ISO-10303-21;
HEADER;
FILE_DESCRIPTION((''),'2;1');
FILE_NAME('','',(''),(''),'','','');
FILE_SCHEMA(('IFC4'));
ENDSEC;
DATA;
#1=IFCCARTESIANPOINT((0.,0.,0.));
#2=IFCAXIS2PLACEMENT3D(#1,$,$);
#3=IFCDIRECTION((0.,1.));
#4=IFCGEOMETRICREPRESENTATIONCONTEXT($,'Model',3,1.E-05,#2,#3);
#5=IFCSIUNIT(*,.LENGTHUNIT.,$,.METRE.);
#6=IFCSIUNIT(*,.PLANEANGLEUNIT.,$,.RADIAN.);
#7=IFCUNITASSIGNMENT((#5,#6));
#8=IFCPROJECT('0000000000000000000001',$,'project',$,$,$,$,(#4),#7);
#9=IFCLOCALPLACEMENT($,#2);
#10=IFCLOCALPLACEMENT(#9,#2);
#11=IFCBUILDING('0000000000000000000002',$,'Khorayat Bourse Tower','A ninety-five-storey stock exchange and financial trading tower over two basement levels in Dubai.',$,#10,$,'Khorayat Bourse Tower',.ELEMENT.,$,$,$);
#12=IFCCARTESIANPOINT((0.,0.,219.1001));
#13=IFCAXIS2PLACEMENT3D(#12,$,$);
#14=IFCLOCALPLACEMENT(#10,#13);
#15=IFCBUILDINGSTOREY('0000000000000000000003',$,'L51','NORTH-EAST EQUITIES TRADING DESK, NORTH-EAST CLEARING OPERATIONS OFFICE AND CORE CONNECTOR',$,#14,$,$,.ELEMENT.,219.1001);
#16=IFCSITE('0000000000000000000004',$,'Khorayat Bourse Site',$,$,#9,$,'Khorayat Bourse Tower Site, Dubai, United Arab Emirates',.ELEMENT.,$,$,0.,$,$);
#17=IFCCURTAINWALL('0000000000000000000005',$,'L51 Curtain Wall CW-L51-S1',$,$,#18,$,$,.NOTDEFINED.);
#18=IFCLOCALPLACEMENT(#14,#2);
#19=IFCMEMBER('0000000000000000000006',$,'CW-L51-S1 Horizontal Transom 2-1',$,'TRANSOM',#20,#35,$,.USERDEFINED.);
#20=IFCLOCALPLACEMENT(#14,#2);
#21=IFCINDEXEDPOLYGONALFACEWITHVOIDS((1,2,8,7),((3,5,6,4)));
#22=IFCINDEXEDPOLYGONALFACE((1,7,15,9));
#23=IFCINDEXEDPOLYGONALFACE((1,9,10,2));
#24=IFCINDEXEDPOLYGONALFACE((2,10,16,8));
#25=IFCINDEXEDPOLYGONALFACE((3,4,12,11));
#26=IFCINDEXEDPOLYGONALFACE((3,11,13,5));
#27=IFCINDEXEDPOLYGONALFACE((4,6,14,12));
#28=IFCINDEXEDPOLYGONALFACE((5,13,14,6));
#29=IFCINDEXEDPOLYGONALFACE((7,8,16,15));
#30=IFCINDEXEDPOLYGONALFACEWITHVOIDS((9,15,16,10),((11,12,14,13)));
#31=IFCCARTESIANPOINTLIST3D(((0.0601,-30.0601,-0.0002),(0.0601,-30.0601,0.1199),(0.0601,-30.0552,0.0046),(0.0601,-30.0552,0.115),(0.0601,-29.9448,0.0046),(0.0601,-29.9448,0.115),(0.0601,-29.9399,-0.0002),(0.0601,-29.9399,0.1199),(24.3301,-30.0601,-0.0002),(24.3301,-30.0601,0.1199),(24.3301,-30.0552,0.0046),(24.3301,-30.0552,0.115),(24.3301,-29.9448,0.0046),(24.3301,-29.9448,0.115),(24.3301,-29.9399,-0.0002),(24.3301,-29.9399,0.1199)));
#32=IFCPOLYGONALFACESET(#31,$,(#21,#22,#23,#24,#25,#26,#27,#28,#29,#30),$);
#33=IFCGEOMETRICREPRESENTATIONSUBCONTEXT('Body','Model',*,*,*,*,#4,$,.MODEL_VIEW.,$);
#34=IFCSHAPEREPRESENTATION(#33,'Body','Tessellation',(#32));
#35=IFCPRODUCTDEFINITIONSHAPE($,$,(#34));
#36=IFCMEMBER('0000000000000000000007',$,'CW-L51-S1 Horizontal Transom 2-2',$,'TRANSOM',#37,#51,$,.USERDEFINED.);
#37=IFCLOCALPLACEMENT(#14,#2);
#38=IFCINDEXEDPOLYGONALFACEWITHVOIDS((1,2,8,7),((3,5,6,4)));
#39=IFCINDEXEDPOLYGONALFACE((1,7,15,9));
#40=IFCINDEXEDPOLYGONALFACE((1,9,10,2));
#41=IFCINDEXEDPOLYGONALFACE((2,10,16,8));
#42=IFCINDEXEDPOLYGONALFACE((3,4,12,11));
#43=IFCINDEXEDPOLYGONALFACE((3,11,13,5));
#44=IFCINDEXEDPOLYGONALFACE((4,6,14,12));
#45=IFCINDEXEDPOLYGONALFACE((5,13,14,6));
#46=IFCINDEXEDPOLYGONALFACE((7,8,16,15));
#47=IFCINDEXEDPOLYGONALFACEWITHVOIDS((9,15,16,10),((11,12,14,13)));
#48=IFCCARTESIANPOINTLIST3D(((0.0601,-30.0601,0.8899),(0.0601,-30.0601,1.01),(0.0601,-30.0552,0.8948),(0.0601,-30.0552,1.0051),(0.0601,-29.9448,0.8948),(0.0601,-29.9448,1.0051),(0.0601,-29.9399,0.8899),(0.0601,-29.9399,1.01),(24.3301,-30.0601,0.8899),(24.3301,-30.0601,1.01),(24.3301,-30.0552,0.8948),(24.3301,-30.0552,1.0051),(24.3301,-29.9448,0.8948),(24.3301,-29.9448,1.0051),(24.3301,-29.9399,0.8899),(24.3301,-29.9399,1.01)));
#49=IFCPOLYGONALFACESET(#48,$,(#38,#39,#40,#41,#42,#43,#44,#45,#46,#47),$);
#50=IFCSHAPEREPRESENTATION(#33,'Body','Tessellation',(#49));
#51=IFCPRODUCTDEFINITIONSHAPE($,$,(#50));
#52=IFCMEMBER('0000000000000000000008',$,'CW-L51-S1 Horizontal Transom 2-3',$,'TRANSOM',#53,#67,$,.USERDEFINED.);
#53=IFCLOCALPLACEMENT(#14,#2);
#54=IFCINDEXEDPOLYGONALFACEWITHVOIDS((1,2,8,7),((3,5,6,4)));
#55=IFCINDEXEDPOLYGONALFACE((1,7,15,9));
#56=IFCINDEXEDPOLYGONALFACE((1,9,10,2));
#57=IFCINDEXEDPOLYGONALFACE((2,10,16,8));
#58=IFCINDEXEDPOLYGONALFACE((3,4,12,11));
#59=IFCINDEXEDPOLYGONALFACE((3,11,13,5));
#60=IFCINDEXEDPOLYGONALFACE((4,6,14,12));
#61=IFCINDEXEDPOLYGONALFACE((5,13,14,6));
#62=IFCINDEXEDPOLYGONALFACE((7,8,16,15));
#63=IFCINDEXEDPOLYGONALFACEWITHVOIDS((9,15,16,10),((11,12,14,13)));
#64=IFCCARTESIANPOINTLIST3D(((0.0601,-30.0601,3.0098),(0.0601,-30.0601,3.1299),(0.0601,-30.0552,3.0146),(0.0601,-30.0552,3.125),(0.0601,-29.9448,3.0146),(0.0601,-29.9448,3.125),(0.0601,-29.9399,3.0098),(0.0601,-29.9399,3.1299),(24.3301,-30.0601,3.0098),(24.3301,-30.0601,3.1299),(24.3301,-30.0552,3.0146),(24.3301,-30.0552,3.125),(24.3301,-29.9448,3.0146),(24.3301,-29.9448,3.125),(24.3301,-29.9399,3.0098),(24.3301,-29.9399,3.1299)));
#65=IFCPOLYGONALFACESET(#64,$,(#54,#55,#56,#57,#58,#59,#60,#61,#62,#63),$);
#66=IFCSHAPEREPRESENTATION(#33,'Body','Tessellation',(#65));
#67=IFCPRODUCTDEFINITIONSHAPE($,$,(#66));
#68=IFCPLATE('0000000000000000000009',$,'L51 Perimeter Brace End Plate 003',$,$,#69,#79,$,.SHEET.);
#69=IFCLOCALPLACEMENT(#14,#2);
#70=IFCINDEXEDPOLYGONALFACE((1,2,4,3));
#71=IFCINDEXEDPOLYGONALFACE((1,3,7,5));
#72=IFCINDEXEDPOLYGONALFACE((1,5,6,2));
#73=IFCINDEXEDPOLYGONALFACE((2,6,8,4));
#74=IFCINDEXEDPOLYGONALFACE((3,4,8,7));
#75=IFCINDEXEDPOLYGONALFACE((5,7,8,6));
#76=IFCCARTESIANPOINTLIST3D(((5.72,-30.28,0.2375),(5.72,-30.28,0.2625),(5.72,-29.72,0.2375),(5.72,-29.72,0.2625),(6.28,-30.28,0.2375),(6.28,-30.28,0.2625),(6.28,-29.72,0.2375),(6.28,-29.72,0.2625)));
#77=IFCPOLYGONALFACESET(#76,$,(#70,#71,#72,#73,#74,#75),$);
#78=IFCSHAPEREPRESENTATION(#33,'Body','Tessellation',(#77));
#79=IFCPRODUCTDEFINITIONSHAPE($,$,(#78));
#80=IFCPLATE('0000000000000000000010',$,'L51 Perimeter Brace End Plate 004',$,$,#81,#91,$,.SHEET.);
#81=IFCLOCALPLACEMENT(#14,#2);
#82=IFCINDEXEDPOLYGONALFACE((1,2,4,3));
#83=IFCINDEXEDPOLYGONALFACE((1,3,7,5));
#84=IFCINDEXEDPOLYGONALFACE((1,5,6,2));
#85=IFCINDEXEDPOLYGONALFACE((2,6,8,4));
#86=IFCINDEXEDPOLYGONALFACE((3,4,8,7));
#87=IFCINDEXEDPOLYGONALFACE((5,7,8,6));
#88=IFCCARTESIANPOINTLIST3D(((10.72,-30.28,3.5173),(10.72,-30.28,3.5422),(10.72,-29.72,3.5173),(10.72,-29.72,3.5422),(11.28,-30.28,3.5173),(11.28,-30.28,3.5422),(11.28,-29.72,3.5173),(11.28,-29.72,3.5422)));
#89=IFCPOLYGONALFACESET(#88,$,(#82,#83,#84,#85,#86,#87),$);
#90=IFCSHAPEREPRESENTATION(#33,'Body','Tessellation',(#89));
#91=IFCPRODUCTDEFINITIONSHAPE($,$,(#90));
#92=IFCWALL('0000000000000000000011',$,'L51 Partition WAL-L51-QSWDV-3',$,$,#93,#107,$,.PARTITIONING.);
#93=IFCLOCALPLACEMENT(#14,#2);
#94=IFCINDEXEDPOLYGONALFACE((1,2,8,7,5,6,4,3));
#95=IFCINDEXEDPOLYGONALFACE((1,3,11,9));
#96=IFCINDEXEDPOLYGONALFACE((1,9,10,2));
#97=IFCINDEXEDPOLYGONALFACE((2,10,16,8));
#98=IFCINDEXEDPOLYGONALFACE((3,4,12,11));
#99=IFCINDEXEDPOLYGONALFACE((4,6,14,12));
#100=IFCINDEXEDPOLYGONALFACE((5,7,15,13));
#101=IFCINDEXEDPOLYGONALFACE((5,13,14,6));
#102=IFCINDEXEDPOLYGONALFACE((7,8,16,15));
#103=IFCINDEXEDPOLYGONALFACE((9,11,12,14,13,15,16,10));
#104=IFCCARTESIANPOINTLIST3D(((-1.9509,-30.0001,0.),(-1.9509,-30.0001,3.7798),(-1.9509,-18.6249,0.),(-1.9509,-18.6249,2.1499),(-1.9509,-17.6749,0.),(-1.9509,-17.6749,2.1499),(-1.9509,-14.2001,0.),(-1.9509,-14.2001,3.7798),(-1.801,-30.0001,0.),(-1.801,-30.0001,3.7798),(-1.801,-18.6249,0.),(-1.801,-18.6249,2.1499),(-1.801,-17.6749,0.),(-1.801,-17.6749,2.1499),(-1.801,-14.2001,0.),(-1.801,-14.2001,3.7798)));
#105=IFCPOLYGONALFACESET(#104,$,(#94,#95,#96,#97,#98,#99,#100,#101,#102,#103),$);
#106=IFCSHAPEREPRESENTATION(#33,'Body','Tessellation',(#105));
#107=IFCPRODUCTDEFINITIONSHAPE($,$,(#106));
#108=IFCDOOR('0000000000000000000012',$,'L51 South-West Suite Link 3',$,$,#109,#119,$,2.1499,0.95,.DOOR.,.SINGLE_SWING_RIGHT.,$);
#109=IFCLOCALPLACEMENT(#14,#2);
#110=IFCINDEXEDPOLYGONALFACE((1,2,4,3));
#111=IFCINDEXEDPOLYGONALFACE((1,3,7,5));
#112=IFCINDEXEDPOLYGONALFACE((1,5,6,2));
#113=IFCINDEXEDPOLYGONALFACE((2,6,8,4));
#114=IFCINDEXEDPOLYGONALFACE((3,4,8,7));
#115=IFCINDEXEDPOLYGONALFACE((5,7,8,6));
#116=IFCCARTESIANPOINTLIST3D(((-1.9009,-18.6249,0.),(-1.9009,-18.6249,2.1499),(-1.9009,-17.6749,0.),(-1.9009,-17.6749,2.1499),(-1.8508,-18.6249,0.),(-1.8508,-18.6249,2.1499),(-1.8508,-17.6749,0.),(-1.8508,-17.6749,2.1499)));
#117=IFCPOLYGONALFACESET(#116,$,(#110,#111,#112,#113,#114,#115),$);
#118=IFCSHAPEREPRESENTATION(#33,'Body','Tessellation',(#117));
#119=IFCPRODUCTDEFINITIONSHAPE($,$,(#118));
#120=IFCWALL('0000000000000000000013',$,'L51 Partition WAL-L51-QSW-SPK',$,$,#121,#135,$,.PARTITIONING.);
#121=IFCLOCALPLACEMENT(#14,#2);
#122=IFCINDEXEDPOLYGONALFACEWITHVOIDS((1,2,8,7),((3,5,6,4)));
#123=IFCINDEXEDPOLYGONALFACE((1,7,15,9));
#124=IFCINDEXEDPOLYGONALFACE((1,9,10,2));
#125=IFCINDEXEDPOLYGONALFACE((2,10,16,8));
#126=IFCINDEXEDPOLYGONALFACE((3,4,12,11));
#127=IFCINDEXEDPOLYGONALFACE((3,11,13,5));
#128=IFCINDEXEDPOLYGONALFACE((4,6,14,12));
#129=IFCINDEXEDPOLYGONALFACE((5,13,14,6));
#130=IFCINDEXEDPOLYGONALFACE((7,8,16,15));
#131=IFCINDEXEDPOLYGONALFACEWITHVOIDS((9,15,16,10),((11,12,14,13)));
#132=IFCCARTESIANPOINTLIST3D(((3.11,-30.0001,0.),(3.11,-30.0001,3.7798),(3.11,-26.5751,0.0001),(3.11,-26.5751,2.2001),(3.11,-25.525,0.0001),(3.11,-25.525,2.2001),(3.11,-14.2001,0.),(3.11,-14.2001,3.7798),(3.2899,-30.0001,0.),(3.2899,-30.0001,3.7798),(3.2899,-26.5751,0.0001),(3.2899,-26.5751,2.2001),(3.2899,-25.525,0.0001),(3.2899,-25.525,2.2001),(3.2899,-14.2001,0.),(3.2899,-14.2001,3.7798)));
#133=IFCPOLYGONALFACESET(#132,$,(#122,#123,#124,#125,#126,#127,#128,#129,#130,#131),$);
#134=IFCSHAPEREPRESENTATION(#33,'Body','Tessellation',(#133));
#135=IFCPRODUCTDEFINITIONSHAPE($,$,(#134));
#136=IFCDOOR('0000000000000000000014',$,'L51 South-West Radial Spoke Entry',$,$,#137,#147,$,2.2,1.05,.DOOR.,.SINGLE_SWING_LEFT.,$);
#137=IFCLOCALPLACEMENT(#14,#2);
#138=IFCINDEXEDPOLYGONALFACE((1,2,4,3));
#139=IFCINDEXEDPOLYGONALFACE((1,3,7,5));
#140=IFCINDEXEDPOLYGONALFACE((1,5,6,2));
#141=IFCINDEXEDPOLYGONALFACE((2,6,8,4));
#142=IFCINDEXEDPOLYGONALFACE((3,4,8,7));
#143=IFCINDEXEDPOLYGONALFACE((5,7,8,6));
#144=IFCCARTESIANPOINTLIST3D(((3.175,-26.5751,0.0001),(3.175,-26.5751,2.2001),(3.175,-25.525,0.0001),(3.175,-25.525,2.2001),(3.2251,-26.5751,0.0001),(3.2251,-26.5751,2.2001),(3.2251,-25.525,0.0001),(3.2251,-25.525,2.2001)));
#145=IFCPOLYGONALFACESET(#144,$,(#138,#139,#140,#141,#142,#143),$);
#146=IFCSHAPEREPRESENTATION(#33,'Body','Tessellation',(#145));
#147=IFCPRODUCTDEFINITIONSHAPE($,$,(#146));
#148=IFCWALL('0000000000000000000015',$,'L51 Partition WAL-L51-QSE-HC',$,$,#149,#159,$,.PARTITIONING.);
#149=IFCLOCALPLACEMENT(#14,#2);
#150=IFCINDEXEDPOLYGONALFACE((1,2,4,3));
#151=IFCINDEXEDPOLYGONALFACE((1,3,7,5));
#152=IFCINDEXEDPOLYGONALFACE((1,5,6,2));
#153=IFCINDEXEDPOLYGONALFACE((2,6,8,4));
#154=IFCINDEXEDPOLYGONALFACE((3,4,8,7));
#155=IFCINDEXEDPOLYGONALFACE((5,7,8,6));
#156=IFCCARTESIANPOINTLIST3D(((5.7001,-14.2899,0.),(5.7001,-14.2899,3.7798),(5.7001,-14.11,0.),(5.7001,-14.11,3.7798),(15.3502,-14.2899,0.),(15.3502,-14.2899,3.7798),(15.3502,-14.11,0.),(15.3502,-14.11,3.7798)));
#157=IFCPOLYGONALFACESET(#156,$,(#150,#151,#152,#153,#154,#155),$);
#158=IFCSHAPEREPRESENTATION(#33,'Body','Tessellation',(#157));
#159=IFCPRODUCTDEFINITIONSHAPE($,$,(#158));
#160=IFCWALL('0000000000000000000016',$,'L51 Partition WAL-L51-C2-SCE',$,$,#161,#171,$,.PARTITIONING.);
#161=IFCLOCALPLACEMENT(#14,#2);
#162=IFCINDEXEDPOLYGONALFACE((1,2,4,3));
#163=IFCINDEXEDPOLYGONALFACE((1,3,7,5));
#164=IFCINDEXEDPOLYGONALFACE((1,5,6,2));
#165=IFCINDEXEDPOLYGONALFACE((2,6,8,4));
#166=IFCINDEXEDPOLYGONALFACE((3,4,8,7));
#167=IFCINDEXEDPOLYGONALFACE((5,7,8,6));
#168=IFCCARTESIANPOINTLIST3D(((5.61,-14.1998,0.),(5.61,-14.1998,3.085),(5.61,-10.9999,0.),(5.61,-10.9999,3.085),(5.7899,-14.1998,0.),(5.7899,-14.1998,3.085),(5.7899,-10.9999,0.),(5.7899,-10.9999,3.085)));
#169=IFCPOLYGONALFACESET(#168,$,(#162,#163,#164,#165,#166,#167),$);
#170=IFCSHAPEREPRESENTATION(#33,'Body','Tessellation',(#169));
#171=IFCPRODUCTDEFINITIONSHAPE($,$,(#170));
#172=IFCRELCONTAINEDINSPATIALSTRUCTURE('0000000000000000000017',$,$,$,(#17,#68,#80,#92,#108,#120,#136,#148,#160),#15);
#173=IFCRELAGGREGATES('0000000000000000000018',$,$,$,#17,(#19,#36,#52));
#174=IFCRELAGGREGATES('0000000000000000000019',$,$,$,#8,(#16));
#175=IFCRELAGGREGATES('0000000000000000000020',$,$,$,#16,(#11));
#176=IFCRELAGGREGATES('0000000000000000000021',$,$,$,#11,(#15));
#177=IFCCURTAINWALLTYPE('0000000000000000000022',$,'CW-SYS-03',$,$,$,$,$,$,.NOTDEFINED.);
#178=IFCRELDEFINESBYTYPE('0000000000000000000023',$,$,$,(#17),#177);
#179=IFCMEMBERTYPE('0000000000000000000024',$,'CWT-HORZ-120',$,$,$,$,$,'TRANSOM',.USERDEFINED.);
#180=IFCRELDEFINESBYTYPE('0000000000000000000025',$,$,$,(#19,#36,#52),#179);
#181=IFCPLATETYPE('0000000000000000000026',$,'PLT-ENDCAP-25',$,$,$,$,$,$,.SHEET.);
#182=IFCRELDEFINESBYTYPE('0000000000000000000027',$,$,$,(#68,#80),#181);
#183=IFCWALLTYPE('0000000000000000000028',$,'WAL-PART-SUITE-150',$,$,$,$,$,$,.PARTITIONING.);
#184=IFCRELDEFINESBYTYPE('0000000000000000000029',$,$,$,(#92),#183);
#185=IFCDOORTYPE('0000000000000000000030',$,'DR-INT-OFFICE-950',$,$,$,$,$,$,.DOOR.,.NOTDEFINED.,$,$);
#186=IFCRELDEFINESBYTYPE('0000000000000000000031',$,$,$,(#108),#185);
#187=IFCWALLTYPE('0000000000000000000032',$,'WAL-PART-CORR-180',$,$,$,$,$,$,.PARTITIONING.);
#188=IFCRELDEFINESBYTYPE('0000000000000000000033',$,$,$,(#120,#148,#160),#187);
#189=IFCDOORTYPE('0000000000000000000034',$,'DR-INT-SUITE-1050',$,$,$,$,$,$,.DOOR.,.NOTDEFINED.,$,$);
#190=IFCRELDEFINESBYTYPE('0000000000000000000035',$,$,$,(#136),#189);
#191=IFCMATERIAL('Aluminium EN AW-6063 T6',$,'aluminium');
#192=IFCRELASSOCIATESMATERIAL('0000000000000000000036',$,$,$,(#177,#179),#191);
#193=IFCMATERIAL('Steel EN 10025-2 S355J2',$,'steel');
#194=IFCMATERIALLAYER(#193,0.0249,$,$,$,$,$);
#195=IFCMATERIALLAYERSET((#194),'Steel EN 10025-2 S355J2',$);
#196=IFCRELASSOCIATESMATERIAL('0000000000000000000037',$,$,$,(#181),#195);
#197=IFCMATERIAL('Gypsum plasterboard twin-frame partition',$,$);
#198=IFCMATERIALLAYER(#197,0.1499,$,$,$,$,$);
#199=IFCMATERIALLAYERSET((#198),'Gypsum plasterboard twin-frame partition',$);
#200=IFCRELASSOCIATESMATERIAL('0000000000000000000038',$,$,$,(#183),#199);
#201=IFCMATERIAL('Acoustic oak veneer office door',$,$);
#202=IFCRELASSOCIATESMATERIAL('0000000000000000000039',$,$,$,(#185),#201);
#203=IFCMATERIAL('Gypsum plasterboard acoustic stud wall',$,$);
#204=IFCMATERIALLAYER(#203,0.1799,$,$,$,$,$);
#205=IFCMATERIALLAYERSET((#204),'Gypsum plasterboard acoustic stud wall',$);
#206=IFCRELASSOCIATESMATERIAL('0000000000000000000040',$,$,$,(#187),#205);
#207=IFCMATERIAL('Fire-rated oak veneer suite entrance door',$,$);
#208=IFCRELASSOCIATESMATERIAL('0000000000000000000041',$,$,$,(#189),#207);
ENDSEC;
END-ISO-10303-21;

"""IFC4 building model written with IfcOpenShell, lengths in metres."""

from ifc_helpers import new_model, si_unit, direction, frame, frame_2d, origin, origin_2d, place, context, subcontext, project, spatial, rectangle, hollow_rectangle, extrude, source, transform, mapped, material, layer, layer_set, material_profile, profile_set, type_object, element, fill, aggregate, save


model = new_model("IFC4")

# Units and contexts
model_context = context("Model", 3, precision=1e-05, world=origin(), true_north=direction((0.0, 1.0)))
body_context = subcontext(model_context, "Body", "Model", "MODEL_VIEW")
ifc_project = project(units=[si_unit("LENGTHUNIT", "METRE"), si_unit("PLANEANGLEUNIT", "RADIAN")], contexts=[model_context])

# Site, building, storey
site_placement = place(None, origin())
site = spatial("IfcSite", under=ifc_project, at=site_placement, Name="Khorayat Bourse Site", LongName="Khorayat Bourse Tower Site, Dubai, United Arab Emirates", CompositionType="ELEMENT", RefElevation=0.0)
building_placement = place(site_placement, origin())
building = spatial("IfcBuilding", under=site, at=building_placement, Name="Khorayat Bourse Tower", Description="A ninety-five-storey stock exchange and financial trading tower over two basement levels in Dubai.", LongName="Khorayat Bourse Tower", CompositionType="ELEMENT")
storey_placement = place(building_placement, frame((0.0, 0.0, 219.1001)))
storey = spatial("IfcBuildingStorey", under=building, at=storey_placement, Name="L51", Description="NORTH-EAST EQUITIES TRADING DESK, NORTH-EAST CLEARING OPERATIONS OFFICE AND CORE CONNECTOR", CompositionType="ELEMENT", Elevation=219.1001)

# Curtain wall, members
ifc_material_1 = material(Name="Aluminium EN AW-6063 T6", Category="aluminium")
curtain_wall_type = type_object("IfcCurtainWallType", Name="CW-SYS-03", PredefinedType="NOTDEFINED", material=ifc_material_1)
curtain_wall_placement = place(storey_placement, origin())
curtain_wall = element("IfcCurtainWall", 1, at=curtain_wall_placement, inside=storey, type_object=curtain_wall_type, Name="L51 Curtain Wall CW-L51-S1", PredefinedType="NOTDEFINED")
ifc_material_profile_1 = material_profile(ifc_material_1, hollow_rectangle(XDim=0.1201, YDim=0.1201, WallThickness=0.0049, at=origin_2d()), Name="ALU 120x120x5")
ifc_profile_set_1 = profile_set([ifc_material_profile_1], Name="Aluminium EN AW-6063 T6")
member_type_1 = type_object("IfcMemberType", Name="CWT-HORZ-120", ElementType="TRANSOM", PredefinedType="USERDEFINED", material=ifc_profile_set_1)
shared_shape_1 = source(origin(), body_context, "Body", "SweptSolid", [
    extrude(hollow_rectangle(XDim=0.1201, YDim=0.1201, WallThickness=0.0049, at=origin_2d()), origin(), (0.0, 0.0, 1.0), 24.27),
])
member_1_placement = place(storey_placement, frame((0.0601, -30.0, 0.0598), z_axis=(1.0, 0.0, 0.0), x_axis=(0.0, 1.0, 0.0)))
member_1 = element("IfcMember", 2, at=member_1_placement, type_object=member_type_1, Name="CW-L51-S1 Horizontal Transom 2-1", ObjectType="TRANSOM", PredefinedType="USERDEFINED", context=body_context, shape_type="MappedRepresentation", body=[
    mapped(shared_shape_1, transform((0.0, 0.0, 0.0), scale=1.0)),
])
member_2_placement = place(storey_placement, frame((0.0601, -30.0, 0.95), z_axis=(1.0, 0.0, 0.0), x_axis=(0.0, 1.0, 0.0)))
member_2 = element("IfcMember", 3, at=member_2_placement, type_object=member_type_1, Name="CW-L51-S1 Horizontal Transom 2-2", ObjectType="TRANSOM", PredefinedType="USERDEFINED", context=body_context, shape_type="MappedRepresentation", body=[
    mapped(shared_shape_1, transform((0.0, 0.0, 0.0), scale=1.0)),
])
member_3_placement = place(storey_placement, frame((0.0601, -30.0, 3.0698), z_axis=(1.0, 0.0, 0.0), x_axis=(0.0, 1.0, 0.0)))
member_3 = element("IfcMember", 4, at=member_3_placement, type_object=member_type_1, Name="CW-L51-S1 Horizontal Transom 2-3", ObjectType="TRANSOM", PredefinedType="USERDEFINED", context=body_context, shape_type="MappedRepresentation", body=[
    mapped(shared_shape_1, transform((0.0, 0.0, 0.0), scale=1.0)),
])
aggregate(curtain_wall, [member_1, member_2, member_3])

# Plates
ifc_material_2 = material(Name="Steel EN 10025-2 S355J2", Category="steel")
ifc_layer_1 = layer(ifc_material_2, 0.0249)
ifc_layer_set_1 = layer_set([ifc_layer_1], Name="Steel EN 10025-2 S355J2")
plate_type = type_object("IfcPlateType", Name="PLT-ENDCAP-25", PredefinedType="SHEET", material=ifc_layer_set_1)
shared_shape_2 = source(origin(), body_context, "Body", "SweptSolid", [
    extrude(rectangle(XDim=0.5601, YDim=0.5601, at=origin_2d()), origin(), (0.0, 0.0, 1.0), 0.0249),
])
for number, where, z_axis, x_axis, name in (
    (5, (6.0, -30.0, 0.2375), (0.0, 0.0, 1.0), (1.0, 0.0, 0.0), "L51 Perimeter Brace End Plate 003"),
    (6, (11.0, -30.0, 3.5173), (0.0, 0.0, 1.0), (1.0, 0.0, 0.0), "L51 Perimeter Brace End Plate 004"),
):
    element("IfcPlate", number, at=place(storey_placement, frame(where, z_axis=z_axis, x_axis=x_axis)), inside=storey, type_object=plate_type, Name=name, PredefinedType="SHEET", context=body_context, shape_type="MappedRepresentation", body=[
        mapped(shared_shape_2, transform((0.0, 0.0, 0.0), scale=1.0)),
    ])

# Walls, openings, doors
ifc_material_3 = material(Name="Gypsum plasterboard twin-frame partition")
ifc_layer_2 = layer(ifc_material_3, 0.1499)
ifc_layer_set_2 = layer_set([ifc_layer_2], Name="Gypsum plasterboard twin-frame partition")
wall_type_1 = type_object("IfcWallType", Name="WAL-PART-SUITE-150", PredefinedType="PARTITIONING", material=ifc_layer_set_2)
shared_shape_3 = source(origin(), body_context, "Body", "SweptSolid", [
    extrude(rectangle(XDim=15.8, YDim=0.1499, at=frame_2d((7.8999, 0.0))), origin(), (0.0, 0.0, 1.0), 3.7798),
])
wall_1_placement = place(storey_placement, frame((-1.876, -30.0, 0.0), z_axis=(0.0, 0.0, 1.0), x_axis=(0.0, 1.0, 0.0)))
wall_1 = element("IfcWall", 7, at=wall_1_placement, inside=storey, type_object=wall_type_1, Name="L51 Partition WAL-L51-QSWDV-3", PredefinedType="PARTITIONING", context=body_context, shape_type="MappedRepresentation", body=[
    mapped(shared_shape_3, transform((0.0, 0.0, 0.0), scale=1.0)),
])
shared_shape_4 = source(origin(), body_context, "Body", "SweptSolid", [
    extrude(rectangle(XDim=0.95, YDim=2.1499, at=frame_2d((0.4751, 1.075))), frame((0.0, 0.085, 0.0), z_axis=(0.0, -1.0, 0.0), x_axis=(1.0, 0.0, 0.0)), (0.0, 0.0, 1.0), 0.1699),
])
opening_1_placement = place(wall_1_placement, frame((11.375, 0.0, 0.0)))
opening_1 = element("IfcOpeningElement", 8, at=opening_1_placement, cuts=wall_1, PredefinedType="OPENING", context=body_context, shape_type="MappedRepresentation", body=[
    mapped(shared_shape_4, transform((0.0, 0.0, 0.0), scale=1.0)),
])
ifc_material_4 = material(Name="Acoustic oak veneer office door")
door_type_1 = type_object("IfcDoorType", Name="DR-INT-OFFICE-950", OperationType="NOTDEFINED", PredefinedType="DOOR", material=ifc_material_4)
shared_shape_5 = source(origin(), body_context, "Body", "SweptSolid", [
    extrude(rectangle(XDim=0.95, YDim=2.1499, at=frame_2d((0.4751, 1.075))), frame((0.0, 0.0249, 0.0), z_axis=(0.0, -1.0, 0.0), x_axis=(1.0, 0.0, 0.0)), (0.0, 0.0, 1.0), 0.05),
])
door_1_placement = place(opening_1_placement, origin())
door_1 = element("IfcDoor", 9, at=door_1_placement, inside=storey, type_object=door_type_1, Name="L51 South-West Suite Link 3", OperationType="SINGLE_SWING_RIGHT", OverallHeight=2.1499, OverallWidth=0.95, PredefinedType="DOOR", context=body_context, shape_type="MappedRepresentation", body=[
    mapped(shared_shape_5, transform((0.0, 0.0, 0.0), scale=1.0)),
])
fill(opening_1, door_1)
ifc_material_5 = material(Name="Gypsum plasterboard acoustic stud wall")
ifc_layer_3 = layer(ifc_material_5, 0.1799)
ifc_layer_set_3 = layer_set([ifc_layer_3], Name="Gypsum plasterboard acoustic stud wall")
wall_type_2 = type_object("IfcWallType", Name="WAL-PART-CORR-180", PredefinedType="PARTITIONING", material=ifc_layer_set_3)
shared_shape_6 = source(origin(), body_context, "Body", "SweptSolid", [
    extrude(rectangle(XDim=15.8, YDim=0.1799, at=frame_2d((7.8999, 0.0))), origin(), (0.0, 0.0, 1.0), 3.7798),
])
wall_2_placement = place(storey_placement, frame((3.2, -30.0, 0.0), z_axis=(0.0, 0.0, 1.0), x_axis=(0.0, 1.0, 0.0)))
wall_2 = element("IfcWall", 10, at=wall_2_placement, inside=storey, type_object=wall_type_2, Name="L51 Partition WAL-L51-QSW-SPK", PredefinedType="PARTITIONING", context=body_context, shape_type="MappedRepresentation", body=[
    mapped(shared_shape_6, transform((0.0, 0.0, 0.0), scale=1.0)),
])
shared_shape_7 = source(origin(), body_context, "Body", "SweptSolid", [
    extrude(rectangle(XDim=1.05, YDim=2.2, at=frame_2d((0.5249, 1.1001))), frame((0.0, 0.0999, 0.0), z_axis=(0.0, -1.0, 0.0), x_axis=(1.0, 0.0, 0.0)), (0.0, 0.0, 1.0), 0.2),
])
opening_2_placement = place(wall_2_placement, frame((3.425, 0.0, 0.0)))
opening_2 = element("IfcOpeningElement", 11, at=opening_2_placement, cuts=wall_2, PredefinedType="OPENING", context=body_context, shape_type="MappedRepresentation", body=[
    mapped(shared_shape_7, transform((0.0, 0.0, 0.0), scale=1.0)),
])
ifc_material_6 = material(Name="Fire-rated oak veneer suite entrance door")
door_type_2 = type_object("IfcDoorType", Name="DR-INT-SUITE-1050", OperationType="NOTDEFINED", PredefinedType="DOOR", material=ifc_material_6)
shared_shape_8 = source(origin(), body_context, "Body", "SweptSolid", [
    extrude(rectangle(XDim=1.05, YDim=2.2, at=frame_2d((0.5249, 1.1001))), frame((0.0, 0.0249, 0.0), z_axis=(0.0, -1.0, 0.0), x_axis=(1.0, 0.0, 0.0)), (0.0, 0.0, 1.0), 0.05),
])
door_2_placement = place(opening_2_placement, origin())
door_2 = element("IfcDoor", 12, at=door_2_placement, inside=storey, type_object=door_type_2, Name="L51 South-West Radial Spoke Entry", OperationType="SINGLE_SWING_LEFT", OverallHeight=2.2, OverallWidth=1.05, PredefinedType="DOOR", context=body_context, shape_type="MappedRepresentation", body=[
    mapped(shared_shape_8, transform((0.0, 0.0, 0.0), scale=1.0)),
])
fill(opening_2, door_2)

# Walls
shared_shape_9 = source(origin(), body_context, "Body", "SweptSolid", [
    extrude(rectangle(XDim=9.6501, YDim=0.1799, at=frame_2d((4.8252, 0.0))), origin(), (0.0, 0.0, 1.0), 3.7798),
])
wall_3_placement = place(storey_placement, frame((5.7, -14.2, 0.0), z_axis=(0.0, 0.0, 1.0), x_axis=(1.0, 0.0, 0.0)))
element("IfcWall", 13, at=wall_3_placement, inside=storey, type_object=wall_type_2, Name="L51 Partition WAL-L51-QSE-HC", PredefinedType="PARTITIONING", context=body_context, shape_type="MappedRepresentation", body=[
    mapped(shared_shape_9, transform((0.0, 0.0, 0.0), scale=1.0)),
])
shared_shape_10 = source(origin(), body_context, "Body", "SweptSolid", [
    extrude(rectangle(XDim=3.2, YDim=0.1799, at=frame_2d((1.6001, 0.0))), origin(), (0.0, 0.0, 1.0), 3.085),
])
wall_4_placement = place(storey_placement, frame((5.7, -14.2, 0.0), z_axis=(0.0, 0.0, 1.0), x_axis=(0.0, 1.0, 0.0)))
element("IfcWall", 14, at=wall_4_placement, inside=storey, type_object=wall_type_2, Name="L51 Partition WAL-L51-C2-SCE", PredefinedType="PARTITIONING", context=body_context, shape_type="MappedRepresentation", body=[
    mapped(shared_shape_10, transform((0.0, 0.0, 0.0), scale=1.0)),
])

save(model, "model.ifc")
